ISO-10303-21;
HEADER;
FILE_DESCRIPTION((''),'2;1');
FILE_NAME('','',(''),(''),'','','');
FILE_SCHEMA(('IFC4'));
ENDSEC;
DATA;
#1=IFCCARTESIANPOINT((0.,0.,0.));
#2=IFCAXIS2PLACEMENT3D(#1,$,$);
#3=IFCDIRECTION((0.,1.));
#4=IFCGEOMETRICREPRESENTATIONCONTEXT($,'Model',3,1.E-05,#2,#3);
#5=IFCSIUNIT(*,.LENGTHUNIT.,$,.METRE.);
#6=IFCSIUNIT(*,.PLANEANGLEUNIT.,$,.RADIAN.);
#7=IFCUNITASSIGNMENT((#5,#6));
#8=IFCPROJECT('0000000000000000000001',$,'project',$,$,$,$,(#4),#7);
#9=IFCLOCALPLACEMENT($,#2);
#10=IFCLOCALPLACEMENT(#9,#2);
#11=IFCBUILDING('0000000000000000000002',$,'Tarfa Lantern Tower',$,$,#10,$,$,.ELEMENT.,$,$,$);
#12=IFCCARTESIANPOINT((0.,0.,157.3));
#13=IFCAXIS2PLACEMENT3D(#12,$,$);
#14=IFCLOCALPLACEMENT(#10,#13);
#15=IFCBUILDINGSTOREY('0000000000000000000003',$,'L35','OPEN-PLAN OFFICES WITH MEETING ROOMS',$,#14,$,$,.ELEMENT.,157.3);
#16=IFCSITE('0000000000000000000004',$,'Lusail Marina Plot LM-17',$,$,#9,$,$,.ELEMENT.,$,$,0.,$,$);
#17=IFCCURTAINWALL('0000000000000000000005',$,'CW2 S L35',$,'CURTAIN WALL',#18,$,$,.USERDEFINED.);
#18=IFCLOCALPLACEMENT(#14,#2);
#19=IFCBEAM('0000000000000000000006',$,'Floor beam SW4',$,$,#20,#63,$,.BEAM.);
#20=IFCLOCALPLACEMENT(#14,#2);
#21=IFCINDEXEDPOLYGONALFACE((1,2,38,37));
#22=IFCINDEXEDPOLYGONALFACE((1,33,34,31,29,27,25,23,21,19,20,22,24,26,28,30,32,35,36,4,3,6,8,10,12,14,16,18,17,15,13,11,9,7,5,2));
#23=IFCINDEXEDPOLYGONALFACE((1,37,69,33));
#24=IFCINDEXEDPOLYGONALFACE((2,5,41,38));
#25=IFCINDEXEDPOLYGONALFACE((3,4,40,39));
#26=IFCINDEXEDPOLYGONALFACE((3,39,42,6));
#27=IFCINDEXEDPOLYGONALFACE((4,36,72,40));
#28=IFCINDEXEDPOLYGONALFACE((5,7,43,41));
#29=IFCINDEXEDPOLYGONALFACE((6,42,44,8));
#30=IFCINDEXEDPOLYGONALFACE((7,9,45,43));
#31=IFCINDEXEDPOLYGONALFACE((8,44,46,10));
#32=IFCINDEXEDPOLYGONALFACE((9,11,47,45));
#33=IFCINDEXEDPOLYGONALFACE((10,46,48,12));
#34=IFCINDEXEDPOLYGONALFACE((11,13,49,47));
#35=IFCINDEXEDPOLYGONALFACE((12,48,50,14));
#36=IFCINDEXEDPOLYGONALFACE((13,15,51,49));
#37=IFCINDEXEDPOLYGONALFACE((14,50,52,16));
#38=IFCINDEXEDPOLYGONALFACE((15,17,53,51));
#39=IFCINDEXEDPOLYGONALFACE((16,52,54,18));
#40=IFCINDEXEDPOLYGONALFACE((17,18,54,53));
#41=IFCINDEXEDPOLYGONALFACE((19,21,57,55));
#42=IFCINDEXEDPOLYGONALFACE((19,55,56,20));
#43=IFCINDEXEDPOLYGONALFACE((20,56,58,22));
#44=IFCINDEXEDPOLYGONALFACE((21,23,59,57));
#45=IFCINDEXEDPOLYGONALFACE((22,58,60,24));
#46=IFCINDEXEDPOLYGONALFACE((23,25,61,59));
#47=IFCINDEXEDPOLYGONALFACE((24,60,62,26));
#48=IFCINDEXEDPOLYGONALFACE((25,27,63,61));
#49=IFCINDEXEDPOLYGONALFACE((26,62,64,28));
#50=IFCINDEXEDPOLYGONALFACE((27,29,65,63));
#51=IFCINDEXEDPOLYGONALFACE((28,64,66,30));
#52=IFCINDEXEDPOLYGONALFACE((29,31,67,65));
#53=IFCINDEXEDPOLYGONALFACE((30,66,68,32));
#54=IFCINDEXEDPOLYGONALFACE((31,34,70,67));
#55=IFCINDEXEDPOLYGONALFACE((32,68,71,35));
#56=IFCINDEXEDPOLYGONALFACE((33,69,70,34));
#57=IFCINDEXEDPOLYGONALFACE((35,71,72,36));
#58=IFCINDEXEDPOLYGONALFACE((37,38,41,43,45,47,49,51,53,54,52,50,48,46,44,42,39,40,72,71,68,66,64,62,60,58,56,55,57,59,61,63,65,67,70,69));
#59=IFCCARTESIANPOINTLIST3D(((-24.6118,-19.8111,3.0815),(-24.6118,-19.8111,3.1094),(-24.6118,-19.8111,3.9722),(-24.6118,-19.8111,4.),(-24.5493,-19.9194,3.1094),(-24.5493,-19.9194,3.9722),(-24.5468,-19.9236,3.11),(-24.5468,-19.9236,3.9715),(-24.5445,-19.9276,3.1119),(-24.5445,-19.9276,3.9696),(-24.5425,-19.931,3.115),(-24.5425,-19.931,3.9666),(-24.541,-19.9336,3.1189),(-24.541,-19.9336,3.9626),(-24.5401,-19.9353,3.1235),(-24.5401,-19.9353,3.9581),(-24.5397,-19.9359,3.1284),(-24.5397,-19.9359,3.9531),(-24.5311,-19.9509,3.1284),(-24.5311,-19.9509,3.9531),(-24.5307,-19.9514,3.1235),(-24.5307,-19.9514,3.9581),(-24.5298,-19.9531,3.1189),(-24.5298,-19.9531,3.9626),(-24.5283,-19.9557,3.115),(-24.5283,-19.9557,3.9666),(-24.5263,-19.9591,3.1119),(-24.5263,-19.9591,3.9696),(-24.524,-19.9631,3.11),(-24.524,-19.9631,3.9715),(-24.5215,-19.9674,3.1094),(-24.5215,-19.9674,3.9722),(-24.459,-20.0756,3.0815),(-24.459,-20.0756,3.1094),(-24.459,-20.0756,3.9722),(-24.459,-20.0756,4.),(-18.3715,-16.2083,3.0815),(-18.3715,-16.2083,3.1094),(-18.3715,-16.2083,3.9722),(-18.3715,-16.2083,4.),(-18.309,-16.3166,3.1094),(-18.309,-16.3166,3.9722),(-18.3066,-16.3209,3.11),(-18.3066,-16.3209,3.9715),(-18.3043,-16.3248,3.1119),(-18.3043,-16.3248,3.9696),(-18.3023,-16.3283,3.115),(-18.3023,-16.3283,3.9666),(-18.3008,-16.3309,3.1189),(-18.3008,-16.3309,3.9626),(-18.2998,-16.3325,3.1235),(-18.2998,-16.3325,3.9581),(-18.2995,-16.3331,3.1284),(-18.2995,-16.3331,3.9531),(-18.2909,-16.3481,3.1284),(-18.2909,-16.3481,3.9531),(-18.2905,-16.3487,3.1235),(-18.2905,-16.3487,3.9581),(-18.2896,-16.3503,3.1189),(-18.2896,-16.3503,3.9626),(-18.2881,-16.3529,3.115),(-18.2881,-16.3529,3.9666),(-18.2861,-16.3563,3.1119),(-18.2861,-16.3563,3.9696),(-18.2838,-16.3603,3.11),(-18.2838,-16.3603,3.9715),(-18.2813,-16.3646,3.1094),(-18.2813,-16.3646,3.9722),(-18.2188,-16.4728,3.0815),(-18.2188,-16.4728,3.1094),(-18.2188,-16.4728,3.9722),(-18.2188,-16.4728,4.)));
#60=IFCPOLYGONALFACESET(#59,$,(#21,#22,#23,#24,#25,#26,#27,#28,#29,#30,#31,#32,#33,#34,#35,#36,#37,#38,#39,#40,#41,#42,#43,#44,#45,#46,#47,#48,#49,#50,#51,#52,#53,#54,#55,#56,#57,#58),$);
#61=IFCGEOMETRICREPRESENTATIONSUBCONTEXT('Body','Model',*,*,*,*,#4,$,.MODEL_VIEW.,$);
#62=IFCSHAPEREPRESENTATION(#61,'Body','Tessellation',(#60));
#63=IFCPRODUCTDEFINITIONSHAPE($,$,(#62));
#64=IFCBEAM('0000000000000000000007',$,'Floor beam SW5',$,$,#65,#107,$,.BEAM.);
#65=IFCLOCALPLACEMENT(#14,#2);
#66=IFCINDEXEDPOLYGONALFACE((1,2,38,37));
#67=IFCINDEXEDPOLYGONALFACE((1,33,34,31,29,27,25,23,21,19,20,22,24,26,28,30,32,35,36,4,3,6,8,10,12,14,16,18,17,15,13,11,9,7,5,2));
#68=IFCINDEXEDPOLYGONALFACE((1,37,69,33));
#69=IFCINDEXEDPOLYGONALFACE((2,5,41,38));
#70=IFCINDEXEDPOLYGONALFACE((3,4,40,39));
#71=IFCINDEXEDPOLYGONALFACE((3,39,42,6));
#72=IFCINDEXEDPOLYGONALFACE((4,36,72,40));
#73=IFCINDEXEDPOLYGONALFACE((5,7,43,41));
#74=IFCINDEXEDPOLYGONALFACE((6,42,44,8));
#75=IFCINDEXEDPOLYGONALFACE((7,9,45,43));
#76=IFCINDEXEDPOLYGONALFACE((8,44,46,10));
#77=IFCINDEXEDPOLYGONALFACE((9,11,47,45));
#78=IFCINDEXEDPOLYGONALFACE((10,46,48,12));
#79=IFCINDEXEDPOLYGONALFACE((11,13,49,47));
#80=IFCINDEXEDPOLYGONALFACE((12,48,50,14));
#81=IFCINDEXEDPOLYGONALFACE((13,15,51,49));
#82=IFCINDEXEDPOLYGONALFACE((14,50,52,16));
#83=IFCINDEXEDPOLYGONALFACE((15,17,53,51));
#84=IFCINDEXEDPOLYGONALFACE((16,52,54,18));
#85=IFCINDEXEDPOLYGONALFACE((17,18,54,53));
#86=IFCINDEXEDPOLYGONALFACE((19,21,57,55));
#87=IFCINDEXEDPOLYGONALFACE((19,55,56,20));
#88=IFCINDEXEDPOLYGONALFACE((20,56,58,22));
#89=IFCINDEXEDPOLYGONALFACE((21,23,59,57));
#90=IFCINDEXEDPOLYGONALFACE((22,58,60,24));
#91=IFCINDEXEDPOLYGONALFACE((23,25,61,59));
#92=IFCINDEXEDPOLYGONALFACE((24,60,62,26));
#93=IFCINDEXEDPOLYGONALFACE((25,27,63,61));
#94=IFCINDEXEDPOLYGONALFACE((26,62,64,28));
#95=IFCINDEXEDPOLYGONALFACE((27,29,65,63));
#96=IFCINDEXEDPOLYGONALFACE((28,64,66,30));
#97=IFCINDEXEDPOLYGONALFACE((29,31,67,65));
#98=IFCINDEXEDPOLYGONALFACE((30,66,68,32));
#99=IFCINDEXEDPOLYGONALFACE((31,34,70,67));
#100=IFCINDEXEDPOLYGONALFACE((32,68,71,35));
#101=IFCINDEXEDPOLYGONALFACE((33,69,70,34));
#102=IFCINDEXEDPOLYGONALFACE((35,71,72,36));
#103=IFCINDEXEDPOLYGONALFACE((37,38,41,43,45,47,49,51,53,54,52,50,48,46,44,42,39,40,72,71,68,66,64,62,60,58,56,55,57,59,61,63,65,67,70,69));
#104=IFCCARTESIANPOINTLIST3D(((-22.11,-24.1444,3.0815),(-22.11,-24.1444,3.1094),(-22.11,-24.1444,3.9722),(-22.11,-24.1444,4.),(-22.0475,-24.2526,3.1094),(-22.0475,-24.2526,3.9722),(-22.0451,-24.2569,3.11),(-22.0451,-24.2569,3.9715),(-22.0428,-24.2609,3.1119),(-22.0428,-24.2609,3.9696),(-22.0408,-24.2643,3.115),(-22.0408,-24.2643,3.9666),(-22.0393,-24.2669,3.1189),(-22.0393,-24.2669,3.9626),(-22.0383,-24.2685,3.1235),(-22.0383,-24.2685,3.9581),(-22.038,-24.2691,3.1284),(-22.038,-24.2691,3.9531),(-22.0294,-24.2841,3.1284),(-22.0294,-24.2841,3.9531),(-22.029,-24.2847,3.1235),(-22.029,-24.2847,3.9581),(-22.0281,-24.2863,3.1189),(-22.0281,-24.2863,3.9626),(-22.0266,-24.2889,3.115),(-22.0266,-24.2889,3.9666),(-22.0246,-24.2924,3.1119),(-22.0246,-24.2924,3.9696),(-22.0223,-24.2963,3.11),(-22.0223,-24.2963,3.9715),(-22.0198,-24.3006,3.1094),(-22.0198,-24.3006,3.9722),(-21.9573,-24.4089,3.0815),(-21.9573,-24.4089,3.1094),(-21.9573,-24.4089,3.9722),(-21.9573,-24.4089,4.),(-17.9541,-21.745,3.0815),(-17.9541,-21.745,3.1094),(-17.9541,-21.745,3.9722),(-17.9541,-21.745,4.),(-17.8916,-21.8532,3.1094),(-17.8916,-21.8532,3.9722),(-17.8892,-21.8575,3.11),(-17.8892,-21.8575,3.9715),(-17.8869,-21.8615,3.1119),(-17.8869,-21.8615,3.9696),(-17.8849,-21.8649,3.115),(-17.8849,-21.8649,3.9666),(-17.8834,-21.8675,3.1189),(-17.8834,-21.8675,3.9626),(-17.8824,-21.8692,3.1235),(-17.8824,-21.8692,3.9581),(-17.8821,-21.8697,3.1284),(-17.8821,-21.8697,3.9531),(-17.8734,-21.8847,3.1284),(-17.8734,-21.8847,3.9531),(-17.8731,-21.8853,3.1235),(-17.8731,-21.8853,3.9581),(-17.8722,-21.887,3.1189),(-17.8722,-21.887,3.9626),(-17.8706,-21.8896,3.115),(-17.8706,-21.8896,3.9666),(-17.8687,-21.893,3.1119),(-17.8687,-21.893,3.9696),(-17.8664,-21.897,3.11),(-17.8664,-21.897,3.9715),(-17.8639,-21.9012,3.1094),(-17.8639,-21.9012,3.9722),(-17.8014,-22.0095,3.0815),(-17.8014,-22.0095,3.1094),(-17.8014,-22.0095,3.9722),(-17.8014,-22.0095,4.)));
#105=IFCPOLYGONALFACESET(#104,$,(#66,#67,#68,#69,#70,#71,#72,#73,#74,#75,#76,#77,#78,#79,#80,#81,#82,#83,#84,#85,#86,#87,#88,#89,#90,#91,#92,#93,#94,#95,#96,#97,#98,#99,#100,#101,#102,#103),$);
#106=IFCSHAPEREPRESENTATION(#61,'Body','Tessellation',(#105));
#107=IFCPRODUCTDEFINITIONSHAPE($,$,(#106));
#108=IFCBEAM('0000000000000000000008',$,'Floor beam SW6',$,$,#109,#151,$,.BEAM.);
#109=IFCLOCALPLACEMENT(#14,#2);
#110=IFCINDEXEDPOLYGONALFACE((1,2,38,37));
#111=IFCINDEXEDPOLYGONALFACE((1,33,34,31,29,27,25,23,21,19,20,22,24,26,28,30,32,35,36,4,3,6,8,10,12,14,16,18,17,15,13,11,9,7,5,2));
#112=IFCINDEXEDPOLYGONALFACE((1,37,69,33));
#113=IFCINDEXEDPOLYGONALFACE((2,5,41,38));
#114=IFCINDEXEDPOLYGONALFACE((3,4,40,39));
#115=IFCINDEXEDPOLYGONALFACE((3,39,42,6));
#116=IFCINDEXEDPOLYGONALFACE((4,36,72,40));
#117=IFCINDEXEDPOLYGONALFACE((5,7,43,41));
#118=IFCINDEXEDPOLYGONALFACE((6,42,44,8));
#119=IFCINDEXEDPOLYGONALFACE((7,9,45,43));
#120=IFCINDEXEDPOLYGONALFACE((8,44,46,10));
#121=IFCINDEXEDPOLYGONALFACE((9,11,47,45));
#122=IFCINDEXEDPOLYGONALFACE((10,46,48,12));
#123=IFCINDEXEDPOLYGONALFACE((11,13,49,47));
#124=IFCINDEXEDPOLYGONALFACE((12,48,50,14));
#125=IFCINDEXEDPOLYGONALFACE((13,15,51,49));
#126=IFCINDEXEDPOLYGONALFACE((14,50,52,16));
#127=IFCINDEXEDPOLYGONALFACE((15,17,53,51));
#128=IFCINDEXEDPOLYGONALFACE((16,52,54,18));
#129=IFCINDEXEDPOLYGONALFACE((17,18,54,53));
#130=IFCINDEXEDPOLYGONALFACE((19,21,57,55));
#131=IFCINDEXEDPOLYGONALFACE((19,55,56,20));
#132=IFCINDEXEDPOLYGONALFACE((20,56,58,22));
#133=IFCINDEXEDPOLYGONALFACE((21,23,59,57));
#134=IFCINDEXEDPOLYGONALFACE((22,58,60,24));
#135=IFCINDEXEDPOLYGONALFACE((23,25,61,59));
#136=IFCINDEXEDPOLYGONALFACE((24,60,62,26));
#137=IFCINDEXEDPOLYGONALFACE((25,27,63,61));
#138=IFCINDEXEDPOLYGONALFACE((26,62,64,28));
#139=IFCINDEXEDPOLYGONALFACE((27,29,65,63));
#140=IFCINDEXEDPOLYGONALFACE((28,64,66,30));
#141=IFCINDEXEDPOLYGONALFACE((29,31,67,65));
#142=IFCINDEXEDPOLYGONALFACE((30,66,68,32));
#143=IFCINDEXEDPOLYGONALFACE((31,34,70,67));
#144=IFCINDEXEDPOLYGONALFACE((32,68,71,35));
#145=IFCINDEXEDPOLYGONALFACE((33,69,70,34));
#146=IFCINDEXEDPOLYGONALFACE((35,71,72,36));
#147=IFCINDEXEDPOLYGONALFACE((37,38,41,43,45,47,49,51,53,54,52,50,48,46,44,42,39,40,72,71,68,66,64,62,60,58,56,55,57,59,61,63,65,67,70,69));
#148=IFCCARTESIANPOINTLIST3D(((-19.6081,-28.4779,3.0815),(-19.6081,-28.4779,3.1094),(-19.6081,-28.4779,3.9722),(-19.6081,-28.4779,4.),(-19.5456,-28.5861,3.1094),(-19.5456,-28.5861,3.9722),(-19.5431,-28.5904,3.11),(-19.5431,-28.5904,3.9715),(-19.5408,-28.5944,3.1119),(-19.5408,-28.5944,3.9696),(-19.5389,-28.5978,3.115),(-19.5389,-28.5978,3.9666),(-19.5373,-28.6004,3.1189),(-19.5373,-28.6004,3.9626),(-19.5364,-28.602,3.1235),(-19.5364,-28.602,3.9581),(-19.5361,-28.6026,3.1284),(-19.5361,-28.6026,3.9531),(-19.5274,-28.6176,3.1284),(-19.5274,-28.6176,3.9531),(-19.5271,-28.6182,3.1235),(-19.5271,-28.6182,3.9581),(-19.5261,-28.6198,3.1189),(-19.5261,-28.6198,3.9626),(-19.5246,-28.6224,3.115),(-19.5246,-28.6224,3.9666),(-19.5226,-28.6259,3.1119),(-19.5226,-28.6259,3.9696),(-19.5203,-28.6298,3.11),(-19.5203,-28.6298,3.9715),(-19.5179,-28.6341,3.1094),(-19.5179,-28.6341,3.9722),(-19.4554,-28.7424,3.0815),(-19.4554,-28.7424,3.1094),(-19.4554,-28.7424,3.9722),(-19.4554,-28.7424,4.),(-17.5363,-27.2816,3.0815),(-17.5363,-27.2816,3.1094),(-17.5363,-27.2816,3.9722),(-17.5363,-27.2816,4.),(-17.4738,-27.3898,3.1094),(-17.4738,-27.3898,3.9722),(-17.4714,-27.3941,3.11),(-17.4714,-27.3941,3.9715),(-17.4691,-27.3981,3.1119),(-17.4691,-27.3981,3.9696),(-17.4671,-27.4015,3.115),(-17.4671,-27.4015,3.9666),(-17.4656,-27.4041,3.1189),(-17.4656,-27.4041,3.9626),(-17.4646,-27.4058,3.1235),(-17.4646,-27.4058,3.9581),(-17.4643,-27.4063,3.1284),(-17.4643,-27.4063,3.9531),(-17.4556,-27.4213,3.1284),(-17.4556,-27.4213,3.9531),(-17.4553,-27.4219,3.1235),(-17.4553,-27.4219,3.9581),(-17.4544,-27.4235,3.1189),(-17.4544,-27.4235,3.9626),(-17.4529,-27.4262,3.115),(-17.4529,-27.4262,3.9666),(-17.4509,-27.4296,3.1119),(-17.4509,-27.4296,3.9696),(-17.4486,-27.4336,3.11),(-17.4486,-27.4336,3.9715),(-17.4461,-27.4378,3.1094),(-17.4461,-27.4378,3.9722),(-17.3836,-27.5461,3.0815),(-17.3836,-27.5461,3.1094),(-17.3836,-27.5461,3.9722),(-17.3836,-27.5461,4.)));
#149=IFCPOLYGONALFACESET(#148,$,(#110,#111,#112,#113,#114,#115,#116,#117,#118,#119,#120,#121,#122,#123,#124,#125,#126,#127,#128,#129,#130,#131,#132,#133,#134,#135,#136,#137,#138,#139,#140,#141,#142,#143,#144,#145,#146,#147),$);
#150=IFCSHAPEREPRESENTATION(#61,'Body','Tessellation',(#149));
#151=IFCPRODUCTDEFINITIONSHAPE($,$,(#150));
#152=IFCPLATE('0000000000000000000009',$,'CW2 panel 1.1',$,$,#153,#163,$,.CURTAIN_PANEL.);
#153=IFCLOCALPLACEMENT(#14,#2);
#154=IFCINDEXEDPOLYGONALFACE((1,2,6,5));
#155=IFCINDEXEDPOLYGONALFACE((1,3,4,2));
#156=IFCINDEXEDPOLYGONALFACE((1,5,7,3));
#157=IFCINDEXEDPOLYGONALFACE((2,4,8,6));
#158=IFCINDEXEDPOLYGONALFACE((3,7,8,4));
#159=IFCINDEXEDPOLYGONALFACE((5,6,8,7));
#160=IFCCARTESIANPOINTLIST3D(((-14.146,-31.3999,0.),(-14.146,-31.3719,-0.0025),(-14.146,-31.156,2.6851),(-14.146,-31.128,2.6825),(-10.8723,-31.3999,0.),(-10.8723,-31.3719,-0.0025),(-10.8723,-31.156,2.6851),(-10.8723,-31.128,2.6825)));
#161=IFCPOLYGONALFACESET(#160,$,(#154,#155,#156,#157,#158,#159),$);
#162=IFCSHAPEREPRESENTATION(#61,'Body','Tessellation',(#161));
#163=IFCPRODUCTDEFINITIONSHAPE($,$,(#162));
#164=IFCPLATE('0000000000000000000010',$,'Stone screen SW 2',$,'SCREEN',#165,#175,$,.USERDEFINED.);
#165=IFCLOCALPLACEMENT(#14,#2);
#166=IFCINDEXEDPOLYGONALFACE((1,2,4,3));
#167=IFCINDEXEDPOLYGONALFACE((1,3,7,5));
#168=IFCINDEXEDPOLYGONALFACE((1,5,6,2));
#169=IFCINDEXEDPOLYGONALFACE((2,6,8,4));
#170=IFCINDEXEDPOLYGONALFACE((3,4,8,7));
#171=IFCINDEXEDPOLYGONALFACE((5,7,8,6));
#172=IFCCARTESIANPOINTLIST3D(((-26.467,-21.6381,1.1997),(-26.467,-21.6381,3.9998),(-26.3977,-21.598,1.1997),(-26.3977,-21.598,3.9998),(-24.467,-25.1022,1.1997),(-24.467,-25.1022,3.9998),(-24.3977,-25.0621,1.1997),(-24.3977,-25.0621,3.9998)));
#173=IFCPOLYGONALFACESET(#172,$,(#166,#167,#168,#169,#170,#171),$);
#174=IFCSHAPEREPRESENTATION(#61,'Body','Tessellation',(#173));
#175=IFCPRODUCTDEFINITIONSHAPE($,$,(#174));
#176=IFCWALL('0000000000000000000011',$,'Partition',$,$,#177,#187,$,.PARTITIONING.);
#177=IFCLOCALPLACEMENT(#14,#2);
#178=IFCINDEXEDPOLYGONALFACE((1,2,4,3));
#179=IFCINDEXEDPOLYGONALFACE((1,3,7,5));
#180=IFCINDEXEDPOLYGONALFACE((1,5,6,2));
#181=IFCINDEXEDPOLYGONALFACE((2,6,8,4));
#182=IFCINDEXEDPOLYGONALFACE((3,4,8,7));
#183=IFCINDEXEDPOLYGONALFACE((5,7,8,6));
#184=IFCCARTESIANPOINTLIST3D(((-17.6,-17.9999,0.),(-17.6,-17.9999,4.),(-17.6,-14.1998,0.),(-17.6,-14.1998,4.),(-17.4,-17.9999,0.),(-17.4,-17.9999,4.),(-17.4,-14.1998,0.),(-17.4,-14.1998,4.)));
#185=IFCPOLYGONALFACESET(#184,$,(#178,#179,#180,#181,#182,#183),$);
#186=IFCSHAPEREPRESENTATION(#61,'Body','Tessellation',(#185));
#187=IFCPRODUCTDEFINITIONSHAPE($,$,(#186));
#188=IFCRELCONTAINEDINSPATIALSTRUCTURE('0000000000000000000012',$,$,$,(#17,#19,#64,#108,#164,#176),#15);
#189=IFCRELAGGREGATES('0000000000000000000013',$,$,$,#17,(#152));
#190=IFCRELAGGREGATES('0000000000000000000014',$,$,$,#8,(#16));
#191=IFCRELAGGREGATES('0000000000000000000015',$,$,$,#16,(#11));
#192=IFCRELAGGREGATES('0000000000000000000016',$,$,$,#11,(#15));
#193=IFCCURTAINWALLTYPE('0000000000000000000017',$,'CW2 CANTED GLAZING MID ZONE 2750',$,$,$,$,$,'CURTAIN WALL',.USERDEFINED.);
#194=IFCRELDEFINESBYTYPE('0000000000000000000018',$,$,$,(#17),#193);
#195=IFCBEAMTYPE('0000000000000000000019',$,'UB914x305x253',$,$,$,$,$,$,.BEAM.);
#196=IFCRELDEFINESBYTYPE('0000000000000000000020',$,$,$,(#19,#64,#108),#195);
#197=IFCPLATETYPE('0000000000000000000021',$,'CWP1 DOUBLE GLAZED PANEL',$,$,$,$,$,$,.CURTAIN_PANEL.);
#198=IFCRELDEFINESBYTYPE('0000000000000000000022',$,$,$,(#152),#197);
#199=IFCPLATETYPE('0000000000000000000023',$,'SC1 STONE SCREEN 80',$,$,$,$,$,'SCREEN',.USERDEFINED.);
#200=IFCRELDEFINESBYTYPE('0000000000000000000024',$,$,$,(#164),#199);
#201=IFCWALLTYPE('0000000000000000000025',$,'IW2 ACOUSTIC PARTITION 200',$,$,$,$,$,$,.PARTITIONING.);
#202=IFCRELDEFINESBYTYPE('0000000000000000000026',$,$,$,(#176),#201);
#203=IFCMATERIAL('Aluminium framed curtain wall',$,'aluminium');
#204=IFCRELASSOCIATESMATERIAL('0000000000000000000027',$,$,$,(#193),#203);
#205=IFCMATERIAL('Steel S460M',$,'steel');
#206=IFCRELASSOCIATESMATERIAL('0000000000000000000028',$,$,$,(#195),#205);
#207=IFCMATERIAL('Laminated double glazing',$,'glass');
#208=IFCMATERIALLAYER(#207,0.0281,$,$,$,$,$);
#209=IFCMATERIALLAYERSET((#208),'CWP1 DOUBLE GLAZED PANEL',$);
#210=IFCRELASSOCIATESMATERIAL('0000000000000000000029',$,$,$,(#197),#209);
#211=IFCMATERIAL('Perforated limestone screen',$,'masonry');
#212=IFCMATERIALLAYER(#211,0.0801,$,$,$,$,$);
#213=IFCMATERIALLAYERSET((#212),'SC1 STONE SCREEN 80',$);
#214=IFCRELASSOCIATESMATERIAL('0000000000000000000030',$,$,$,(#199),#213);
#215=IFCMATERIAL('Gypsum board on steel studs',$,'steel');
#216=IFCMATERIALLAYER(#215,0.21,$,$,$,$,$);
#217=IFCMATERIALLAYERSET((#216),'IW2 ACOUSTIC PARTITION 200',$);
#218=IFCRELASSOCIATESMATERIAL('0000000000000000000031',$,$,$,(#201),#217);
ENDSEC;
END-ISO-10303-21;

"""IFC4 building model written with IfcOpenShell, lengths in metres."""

from ifc_helpers import new_model, si_unit, direction, frame, frame_2d, origin, origin_2d, place, context, subcontext, project, spatial, polyline, rectangle, i_section, outline, extrude, material, layer, layer_set, material_profile, profile_set, type_object, element, aggregate, save


model = new_model("IFC4")

# Units and contexts
model_context = context("Model", 3, precision=1e-05, world=origin(), true_north=direction((0.0, 1.0)))
body_context = subcontext(model_context, "Body", "Model", "MODEL_VIEW")
ifc_project = project(units=[si_unit("LENGTHUNIT", "METRE"), si_unit("PLANEANGLEUNIT", "RADIAN")], contexts=[model_context])

# Site, building, storey
site_placement = place(None, origin())
site = spatial("IfcSite", under=ifc_project, at=site_placement, Name="Lusail Marina Plot LM-17", CompositionType="ELEMENT", RefElevation=0.0)
building_placement = place(site_placement, origin())
building = spatial("IfcBuilding", under=site, at=building_placement, Name="Tarfa Lantern Tower", CompositionType="ELEMENT")
storey_placement = place(building_placement, frame((0.0, 0.0, 157.3)))
storey = spatial("IfcBuildingStorey", under=building, at=storey_placement, Name="L35", Description="OPEN-PLAN OFFICES WITH MEETING ROOMS", CompositionType="ELEMENT", Elevation=157.3)

# Curtain wall
ifc_material_1 = material(Name="Aluminium framed curtain wall", Category="aluminium")
curtain_wall_type = type_object("IfcCurtainWallType", Name="CW2 CANTED GLAZING MID ZONE 2750", ElementType="CURTAIN WALL", PredefinedType="USERDEFINED", material=ifc_material_1)
curtain_wall_placement = place(storey_placement, origin())
curtain_wall = element("IfcCurtainWall", 1, at=curtain_wall_placement, inside=storey, type_object=curtain_wall_type, Name="CW2 S L35", ObjectType="CURTAIN WALL", PredefinedType="USERDEFINED")

# Beams
ifc_material_2 = material(Name="Steel S460M", Category="steel")
ifc_material_profile_1 = material_profile(ifc_material_2, i_section(OverallWidth=0.3054, OverallDepth=0.9185, WebThickness=0.0173, FlangeThickness=0.0278, FilletRadius=0.019, at=origin_2d()), Name="UB914x305x253")
ifc_profile_set_1 = profile_set([ifc_material_profile_1], Name="Steel S460M")
beam_type_1 = type_object("IfcBeamType", Name="UB914x305x253", PredefinedType="BEAM", material=ifc_profile_set_1)
beam_1_placement = place(storey_placement, frame((-24.5354, -19.9434, 3.5408), z_axis=(0.866026, 0.499998, 0.0), x_axis=(-0.499998, 0.866026, 0.0)))
element("IfcBeam", 2, at=beam_1_placement, inside=storey, type_object=beam_type_1, Name="Floor beam SW4", PredefinedType="BEAM", context=body_context, shape_type="SweptSolid", body=[
    extrude(i_section(OverallWidth=0.3054, OverallDepth=0.9185, WebThickness=0.0173, FlangeThickness=0.0278, FilletRadius=0.019, at=origin_2d()), origin(), (0.0, 0.0, 1.0), 7.2056),
])
beam_2_placement = place(storey_placement, frame((-22.0337, -24.2766, 3.5408), z_axis=(0.866031, 0.499991, 0.0), x_axis=(-0.499991, 0.866031, 0.0)))
element("IfcBeam", 3, at=beam_2_placement, inside=storey, type_object=beam_type_1, Name="Floor beam SW5", PredefinedType="BEAM", context=body_context, shape_type="SweptSolid", body=[
    extrude(i_section(OverallWidth=0.3054, OverallDepth=0.9185, WebThickness=0.0173, FlangeThickness=0.0278, FilletRadius=0.019, at=origin_2d()), origin(), (0.0, 0.0, 1.0), 4.7988),
])
beam_3_placement = place(storey_placement, frame((-19.5317, -28.6101, 3.5408), z_axis=(0.865999, 0.500046, 0.0), x_axis=(-0.500046, 0.865999, 0.0)))
element("IfcBeam", 4, at=beam_3_placement, inside=storey, type_object=beam_type_1, Name="Floor beam SW6", PredefinedType="BEAM", context=body_context, shape_type="SweptSolid", body=[
    extrude(i_section(OverallWidth=0.3054, OverallDepth=0.9185, WebThickness=0.0173, FlangeThickness=0.0278, FilletRadius=0.019, at=origin_2d()), origin(), (0.0, 0.0, 1.0), 2.3923),
])

# Plates
ifc_material_3 = material(Name="Laminated double glazing", Category="glass")
ifc_layer_1 = layer(ifc_material_3, 0.0281)
ifc_layer_set_1 = layer_set([ifc_layer_1], Name="CWP1 DOUBLE GLAZED PANEL")
plate_type_1 = type_object("IfcPlateType", Name="CWP1 DOUBLE GLAZED PANEL", PredefinedType="CURTAIN_PANEL", material=ifc_layer_set_1)
plate_1_placement = place(storey_placement, frame((-14.146, -31.3999, 0.0), z_axis=(0.0, -0.9959, 0.090462), x_axis=(1.0, 0.0, 0.0)))
plate_1 = element("IfcPlate", 5, at=plate_1_placement, type_object=plate_type_1, Name="CW2 panel 1.1", PredefinedType="CURTAIN_PANEL", context=body_context, shape_type="SweptSolid", body=[
    extrude(outline(polyline([(0.0, 0.0), (3.2737, 0.0), (3.2737, 2.6961), (0.0, 2.6961), (0.0, 0.0)])), origin(), (0.0, 0.0, -1.0), 0.0281),
])
aggregate(curtain_wall, [plate_1])
ifc_material_4 = material(Name="Perforated limestone screen", Category="masonry")
ifc_layer_2 = layer(ifc_material_4, 0.0801)
ifc_layer_set_2 = layer_set([ifc_layer_2], Name="SC1 STONE SCREEN 80")
plate_type_2 = type_object("IfcPlateType", Name="SC1 STONE SCREEN 80", ElementType="SCREEN", PredefinedType="USERDEFINED", material=ifc_layer_set_2)
plate_2_placement = place(storey_placement, frame((-25.4324, -23.3501, 1.1997), z_axis=(0.0, 0.0, 1.0), x_axis=(0.5, -0.866025, 0.0)))
element("IfcPlate", 6, at=plate_2_placement, inside=storey, type_object=plate_type_2, Name="Stone screen SW 2", ObjectType="SCREEN", PredefinedType="USERDEFINED", context=body_context, shape_type="SweptSolid", body=[
    extrude(rectangle(XDim=4.0, YDim=0.0801, at=origin_2d()), origin(), (0.0, 0.0, 1.0), 2.8),
])

# Wall
ifc_material_5 = material(Name="Gypsum board on steel studs", Category="steel")
ifc_layer_3 = layer(ifc_material_5, 0.21)
ifc_layer_set_3 = layer_set([ifc_layer_3], Name="IW2 ACOUSTIC PARTITION 200")
wall_type = type_object("IfcWallType", Name="IW2 ACOUSTIC PARTITION 200", PredefinedType="PARTITIONING", material=ifc_layer_set_3)
wall_placement = place(storey_placement, frame((-17.5, -14.2, 0.0), z_axis=(0.0, 0.0, 1.0), x_axis=(0.0, -1.0, 0.0)))
element("IfcWall", 7, at=wall_placement, inside=storey, type_object=wall_type, Name="Partition", PredefinedType="PARTITIONING", context=body_context, shape_type="SweptSolid", body=[
    extrude(rectangle(XDim=3.8, YDim=0.2, at=frame_2d((1.8999, 0.0))), origin(), (0.0, 0.0, 1.0), 4.0),
])

save(model, "model.ifc")
